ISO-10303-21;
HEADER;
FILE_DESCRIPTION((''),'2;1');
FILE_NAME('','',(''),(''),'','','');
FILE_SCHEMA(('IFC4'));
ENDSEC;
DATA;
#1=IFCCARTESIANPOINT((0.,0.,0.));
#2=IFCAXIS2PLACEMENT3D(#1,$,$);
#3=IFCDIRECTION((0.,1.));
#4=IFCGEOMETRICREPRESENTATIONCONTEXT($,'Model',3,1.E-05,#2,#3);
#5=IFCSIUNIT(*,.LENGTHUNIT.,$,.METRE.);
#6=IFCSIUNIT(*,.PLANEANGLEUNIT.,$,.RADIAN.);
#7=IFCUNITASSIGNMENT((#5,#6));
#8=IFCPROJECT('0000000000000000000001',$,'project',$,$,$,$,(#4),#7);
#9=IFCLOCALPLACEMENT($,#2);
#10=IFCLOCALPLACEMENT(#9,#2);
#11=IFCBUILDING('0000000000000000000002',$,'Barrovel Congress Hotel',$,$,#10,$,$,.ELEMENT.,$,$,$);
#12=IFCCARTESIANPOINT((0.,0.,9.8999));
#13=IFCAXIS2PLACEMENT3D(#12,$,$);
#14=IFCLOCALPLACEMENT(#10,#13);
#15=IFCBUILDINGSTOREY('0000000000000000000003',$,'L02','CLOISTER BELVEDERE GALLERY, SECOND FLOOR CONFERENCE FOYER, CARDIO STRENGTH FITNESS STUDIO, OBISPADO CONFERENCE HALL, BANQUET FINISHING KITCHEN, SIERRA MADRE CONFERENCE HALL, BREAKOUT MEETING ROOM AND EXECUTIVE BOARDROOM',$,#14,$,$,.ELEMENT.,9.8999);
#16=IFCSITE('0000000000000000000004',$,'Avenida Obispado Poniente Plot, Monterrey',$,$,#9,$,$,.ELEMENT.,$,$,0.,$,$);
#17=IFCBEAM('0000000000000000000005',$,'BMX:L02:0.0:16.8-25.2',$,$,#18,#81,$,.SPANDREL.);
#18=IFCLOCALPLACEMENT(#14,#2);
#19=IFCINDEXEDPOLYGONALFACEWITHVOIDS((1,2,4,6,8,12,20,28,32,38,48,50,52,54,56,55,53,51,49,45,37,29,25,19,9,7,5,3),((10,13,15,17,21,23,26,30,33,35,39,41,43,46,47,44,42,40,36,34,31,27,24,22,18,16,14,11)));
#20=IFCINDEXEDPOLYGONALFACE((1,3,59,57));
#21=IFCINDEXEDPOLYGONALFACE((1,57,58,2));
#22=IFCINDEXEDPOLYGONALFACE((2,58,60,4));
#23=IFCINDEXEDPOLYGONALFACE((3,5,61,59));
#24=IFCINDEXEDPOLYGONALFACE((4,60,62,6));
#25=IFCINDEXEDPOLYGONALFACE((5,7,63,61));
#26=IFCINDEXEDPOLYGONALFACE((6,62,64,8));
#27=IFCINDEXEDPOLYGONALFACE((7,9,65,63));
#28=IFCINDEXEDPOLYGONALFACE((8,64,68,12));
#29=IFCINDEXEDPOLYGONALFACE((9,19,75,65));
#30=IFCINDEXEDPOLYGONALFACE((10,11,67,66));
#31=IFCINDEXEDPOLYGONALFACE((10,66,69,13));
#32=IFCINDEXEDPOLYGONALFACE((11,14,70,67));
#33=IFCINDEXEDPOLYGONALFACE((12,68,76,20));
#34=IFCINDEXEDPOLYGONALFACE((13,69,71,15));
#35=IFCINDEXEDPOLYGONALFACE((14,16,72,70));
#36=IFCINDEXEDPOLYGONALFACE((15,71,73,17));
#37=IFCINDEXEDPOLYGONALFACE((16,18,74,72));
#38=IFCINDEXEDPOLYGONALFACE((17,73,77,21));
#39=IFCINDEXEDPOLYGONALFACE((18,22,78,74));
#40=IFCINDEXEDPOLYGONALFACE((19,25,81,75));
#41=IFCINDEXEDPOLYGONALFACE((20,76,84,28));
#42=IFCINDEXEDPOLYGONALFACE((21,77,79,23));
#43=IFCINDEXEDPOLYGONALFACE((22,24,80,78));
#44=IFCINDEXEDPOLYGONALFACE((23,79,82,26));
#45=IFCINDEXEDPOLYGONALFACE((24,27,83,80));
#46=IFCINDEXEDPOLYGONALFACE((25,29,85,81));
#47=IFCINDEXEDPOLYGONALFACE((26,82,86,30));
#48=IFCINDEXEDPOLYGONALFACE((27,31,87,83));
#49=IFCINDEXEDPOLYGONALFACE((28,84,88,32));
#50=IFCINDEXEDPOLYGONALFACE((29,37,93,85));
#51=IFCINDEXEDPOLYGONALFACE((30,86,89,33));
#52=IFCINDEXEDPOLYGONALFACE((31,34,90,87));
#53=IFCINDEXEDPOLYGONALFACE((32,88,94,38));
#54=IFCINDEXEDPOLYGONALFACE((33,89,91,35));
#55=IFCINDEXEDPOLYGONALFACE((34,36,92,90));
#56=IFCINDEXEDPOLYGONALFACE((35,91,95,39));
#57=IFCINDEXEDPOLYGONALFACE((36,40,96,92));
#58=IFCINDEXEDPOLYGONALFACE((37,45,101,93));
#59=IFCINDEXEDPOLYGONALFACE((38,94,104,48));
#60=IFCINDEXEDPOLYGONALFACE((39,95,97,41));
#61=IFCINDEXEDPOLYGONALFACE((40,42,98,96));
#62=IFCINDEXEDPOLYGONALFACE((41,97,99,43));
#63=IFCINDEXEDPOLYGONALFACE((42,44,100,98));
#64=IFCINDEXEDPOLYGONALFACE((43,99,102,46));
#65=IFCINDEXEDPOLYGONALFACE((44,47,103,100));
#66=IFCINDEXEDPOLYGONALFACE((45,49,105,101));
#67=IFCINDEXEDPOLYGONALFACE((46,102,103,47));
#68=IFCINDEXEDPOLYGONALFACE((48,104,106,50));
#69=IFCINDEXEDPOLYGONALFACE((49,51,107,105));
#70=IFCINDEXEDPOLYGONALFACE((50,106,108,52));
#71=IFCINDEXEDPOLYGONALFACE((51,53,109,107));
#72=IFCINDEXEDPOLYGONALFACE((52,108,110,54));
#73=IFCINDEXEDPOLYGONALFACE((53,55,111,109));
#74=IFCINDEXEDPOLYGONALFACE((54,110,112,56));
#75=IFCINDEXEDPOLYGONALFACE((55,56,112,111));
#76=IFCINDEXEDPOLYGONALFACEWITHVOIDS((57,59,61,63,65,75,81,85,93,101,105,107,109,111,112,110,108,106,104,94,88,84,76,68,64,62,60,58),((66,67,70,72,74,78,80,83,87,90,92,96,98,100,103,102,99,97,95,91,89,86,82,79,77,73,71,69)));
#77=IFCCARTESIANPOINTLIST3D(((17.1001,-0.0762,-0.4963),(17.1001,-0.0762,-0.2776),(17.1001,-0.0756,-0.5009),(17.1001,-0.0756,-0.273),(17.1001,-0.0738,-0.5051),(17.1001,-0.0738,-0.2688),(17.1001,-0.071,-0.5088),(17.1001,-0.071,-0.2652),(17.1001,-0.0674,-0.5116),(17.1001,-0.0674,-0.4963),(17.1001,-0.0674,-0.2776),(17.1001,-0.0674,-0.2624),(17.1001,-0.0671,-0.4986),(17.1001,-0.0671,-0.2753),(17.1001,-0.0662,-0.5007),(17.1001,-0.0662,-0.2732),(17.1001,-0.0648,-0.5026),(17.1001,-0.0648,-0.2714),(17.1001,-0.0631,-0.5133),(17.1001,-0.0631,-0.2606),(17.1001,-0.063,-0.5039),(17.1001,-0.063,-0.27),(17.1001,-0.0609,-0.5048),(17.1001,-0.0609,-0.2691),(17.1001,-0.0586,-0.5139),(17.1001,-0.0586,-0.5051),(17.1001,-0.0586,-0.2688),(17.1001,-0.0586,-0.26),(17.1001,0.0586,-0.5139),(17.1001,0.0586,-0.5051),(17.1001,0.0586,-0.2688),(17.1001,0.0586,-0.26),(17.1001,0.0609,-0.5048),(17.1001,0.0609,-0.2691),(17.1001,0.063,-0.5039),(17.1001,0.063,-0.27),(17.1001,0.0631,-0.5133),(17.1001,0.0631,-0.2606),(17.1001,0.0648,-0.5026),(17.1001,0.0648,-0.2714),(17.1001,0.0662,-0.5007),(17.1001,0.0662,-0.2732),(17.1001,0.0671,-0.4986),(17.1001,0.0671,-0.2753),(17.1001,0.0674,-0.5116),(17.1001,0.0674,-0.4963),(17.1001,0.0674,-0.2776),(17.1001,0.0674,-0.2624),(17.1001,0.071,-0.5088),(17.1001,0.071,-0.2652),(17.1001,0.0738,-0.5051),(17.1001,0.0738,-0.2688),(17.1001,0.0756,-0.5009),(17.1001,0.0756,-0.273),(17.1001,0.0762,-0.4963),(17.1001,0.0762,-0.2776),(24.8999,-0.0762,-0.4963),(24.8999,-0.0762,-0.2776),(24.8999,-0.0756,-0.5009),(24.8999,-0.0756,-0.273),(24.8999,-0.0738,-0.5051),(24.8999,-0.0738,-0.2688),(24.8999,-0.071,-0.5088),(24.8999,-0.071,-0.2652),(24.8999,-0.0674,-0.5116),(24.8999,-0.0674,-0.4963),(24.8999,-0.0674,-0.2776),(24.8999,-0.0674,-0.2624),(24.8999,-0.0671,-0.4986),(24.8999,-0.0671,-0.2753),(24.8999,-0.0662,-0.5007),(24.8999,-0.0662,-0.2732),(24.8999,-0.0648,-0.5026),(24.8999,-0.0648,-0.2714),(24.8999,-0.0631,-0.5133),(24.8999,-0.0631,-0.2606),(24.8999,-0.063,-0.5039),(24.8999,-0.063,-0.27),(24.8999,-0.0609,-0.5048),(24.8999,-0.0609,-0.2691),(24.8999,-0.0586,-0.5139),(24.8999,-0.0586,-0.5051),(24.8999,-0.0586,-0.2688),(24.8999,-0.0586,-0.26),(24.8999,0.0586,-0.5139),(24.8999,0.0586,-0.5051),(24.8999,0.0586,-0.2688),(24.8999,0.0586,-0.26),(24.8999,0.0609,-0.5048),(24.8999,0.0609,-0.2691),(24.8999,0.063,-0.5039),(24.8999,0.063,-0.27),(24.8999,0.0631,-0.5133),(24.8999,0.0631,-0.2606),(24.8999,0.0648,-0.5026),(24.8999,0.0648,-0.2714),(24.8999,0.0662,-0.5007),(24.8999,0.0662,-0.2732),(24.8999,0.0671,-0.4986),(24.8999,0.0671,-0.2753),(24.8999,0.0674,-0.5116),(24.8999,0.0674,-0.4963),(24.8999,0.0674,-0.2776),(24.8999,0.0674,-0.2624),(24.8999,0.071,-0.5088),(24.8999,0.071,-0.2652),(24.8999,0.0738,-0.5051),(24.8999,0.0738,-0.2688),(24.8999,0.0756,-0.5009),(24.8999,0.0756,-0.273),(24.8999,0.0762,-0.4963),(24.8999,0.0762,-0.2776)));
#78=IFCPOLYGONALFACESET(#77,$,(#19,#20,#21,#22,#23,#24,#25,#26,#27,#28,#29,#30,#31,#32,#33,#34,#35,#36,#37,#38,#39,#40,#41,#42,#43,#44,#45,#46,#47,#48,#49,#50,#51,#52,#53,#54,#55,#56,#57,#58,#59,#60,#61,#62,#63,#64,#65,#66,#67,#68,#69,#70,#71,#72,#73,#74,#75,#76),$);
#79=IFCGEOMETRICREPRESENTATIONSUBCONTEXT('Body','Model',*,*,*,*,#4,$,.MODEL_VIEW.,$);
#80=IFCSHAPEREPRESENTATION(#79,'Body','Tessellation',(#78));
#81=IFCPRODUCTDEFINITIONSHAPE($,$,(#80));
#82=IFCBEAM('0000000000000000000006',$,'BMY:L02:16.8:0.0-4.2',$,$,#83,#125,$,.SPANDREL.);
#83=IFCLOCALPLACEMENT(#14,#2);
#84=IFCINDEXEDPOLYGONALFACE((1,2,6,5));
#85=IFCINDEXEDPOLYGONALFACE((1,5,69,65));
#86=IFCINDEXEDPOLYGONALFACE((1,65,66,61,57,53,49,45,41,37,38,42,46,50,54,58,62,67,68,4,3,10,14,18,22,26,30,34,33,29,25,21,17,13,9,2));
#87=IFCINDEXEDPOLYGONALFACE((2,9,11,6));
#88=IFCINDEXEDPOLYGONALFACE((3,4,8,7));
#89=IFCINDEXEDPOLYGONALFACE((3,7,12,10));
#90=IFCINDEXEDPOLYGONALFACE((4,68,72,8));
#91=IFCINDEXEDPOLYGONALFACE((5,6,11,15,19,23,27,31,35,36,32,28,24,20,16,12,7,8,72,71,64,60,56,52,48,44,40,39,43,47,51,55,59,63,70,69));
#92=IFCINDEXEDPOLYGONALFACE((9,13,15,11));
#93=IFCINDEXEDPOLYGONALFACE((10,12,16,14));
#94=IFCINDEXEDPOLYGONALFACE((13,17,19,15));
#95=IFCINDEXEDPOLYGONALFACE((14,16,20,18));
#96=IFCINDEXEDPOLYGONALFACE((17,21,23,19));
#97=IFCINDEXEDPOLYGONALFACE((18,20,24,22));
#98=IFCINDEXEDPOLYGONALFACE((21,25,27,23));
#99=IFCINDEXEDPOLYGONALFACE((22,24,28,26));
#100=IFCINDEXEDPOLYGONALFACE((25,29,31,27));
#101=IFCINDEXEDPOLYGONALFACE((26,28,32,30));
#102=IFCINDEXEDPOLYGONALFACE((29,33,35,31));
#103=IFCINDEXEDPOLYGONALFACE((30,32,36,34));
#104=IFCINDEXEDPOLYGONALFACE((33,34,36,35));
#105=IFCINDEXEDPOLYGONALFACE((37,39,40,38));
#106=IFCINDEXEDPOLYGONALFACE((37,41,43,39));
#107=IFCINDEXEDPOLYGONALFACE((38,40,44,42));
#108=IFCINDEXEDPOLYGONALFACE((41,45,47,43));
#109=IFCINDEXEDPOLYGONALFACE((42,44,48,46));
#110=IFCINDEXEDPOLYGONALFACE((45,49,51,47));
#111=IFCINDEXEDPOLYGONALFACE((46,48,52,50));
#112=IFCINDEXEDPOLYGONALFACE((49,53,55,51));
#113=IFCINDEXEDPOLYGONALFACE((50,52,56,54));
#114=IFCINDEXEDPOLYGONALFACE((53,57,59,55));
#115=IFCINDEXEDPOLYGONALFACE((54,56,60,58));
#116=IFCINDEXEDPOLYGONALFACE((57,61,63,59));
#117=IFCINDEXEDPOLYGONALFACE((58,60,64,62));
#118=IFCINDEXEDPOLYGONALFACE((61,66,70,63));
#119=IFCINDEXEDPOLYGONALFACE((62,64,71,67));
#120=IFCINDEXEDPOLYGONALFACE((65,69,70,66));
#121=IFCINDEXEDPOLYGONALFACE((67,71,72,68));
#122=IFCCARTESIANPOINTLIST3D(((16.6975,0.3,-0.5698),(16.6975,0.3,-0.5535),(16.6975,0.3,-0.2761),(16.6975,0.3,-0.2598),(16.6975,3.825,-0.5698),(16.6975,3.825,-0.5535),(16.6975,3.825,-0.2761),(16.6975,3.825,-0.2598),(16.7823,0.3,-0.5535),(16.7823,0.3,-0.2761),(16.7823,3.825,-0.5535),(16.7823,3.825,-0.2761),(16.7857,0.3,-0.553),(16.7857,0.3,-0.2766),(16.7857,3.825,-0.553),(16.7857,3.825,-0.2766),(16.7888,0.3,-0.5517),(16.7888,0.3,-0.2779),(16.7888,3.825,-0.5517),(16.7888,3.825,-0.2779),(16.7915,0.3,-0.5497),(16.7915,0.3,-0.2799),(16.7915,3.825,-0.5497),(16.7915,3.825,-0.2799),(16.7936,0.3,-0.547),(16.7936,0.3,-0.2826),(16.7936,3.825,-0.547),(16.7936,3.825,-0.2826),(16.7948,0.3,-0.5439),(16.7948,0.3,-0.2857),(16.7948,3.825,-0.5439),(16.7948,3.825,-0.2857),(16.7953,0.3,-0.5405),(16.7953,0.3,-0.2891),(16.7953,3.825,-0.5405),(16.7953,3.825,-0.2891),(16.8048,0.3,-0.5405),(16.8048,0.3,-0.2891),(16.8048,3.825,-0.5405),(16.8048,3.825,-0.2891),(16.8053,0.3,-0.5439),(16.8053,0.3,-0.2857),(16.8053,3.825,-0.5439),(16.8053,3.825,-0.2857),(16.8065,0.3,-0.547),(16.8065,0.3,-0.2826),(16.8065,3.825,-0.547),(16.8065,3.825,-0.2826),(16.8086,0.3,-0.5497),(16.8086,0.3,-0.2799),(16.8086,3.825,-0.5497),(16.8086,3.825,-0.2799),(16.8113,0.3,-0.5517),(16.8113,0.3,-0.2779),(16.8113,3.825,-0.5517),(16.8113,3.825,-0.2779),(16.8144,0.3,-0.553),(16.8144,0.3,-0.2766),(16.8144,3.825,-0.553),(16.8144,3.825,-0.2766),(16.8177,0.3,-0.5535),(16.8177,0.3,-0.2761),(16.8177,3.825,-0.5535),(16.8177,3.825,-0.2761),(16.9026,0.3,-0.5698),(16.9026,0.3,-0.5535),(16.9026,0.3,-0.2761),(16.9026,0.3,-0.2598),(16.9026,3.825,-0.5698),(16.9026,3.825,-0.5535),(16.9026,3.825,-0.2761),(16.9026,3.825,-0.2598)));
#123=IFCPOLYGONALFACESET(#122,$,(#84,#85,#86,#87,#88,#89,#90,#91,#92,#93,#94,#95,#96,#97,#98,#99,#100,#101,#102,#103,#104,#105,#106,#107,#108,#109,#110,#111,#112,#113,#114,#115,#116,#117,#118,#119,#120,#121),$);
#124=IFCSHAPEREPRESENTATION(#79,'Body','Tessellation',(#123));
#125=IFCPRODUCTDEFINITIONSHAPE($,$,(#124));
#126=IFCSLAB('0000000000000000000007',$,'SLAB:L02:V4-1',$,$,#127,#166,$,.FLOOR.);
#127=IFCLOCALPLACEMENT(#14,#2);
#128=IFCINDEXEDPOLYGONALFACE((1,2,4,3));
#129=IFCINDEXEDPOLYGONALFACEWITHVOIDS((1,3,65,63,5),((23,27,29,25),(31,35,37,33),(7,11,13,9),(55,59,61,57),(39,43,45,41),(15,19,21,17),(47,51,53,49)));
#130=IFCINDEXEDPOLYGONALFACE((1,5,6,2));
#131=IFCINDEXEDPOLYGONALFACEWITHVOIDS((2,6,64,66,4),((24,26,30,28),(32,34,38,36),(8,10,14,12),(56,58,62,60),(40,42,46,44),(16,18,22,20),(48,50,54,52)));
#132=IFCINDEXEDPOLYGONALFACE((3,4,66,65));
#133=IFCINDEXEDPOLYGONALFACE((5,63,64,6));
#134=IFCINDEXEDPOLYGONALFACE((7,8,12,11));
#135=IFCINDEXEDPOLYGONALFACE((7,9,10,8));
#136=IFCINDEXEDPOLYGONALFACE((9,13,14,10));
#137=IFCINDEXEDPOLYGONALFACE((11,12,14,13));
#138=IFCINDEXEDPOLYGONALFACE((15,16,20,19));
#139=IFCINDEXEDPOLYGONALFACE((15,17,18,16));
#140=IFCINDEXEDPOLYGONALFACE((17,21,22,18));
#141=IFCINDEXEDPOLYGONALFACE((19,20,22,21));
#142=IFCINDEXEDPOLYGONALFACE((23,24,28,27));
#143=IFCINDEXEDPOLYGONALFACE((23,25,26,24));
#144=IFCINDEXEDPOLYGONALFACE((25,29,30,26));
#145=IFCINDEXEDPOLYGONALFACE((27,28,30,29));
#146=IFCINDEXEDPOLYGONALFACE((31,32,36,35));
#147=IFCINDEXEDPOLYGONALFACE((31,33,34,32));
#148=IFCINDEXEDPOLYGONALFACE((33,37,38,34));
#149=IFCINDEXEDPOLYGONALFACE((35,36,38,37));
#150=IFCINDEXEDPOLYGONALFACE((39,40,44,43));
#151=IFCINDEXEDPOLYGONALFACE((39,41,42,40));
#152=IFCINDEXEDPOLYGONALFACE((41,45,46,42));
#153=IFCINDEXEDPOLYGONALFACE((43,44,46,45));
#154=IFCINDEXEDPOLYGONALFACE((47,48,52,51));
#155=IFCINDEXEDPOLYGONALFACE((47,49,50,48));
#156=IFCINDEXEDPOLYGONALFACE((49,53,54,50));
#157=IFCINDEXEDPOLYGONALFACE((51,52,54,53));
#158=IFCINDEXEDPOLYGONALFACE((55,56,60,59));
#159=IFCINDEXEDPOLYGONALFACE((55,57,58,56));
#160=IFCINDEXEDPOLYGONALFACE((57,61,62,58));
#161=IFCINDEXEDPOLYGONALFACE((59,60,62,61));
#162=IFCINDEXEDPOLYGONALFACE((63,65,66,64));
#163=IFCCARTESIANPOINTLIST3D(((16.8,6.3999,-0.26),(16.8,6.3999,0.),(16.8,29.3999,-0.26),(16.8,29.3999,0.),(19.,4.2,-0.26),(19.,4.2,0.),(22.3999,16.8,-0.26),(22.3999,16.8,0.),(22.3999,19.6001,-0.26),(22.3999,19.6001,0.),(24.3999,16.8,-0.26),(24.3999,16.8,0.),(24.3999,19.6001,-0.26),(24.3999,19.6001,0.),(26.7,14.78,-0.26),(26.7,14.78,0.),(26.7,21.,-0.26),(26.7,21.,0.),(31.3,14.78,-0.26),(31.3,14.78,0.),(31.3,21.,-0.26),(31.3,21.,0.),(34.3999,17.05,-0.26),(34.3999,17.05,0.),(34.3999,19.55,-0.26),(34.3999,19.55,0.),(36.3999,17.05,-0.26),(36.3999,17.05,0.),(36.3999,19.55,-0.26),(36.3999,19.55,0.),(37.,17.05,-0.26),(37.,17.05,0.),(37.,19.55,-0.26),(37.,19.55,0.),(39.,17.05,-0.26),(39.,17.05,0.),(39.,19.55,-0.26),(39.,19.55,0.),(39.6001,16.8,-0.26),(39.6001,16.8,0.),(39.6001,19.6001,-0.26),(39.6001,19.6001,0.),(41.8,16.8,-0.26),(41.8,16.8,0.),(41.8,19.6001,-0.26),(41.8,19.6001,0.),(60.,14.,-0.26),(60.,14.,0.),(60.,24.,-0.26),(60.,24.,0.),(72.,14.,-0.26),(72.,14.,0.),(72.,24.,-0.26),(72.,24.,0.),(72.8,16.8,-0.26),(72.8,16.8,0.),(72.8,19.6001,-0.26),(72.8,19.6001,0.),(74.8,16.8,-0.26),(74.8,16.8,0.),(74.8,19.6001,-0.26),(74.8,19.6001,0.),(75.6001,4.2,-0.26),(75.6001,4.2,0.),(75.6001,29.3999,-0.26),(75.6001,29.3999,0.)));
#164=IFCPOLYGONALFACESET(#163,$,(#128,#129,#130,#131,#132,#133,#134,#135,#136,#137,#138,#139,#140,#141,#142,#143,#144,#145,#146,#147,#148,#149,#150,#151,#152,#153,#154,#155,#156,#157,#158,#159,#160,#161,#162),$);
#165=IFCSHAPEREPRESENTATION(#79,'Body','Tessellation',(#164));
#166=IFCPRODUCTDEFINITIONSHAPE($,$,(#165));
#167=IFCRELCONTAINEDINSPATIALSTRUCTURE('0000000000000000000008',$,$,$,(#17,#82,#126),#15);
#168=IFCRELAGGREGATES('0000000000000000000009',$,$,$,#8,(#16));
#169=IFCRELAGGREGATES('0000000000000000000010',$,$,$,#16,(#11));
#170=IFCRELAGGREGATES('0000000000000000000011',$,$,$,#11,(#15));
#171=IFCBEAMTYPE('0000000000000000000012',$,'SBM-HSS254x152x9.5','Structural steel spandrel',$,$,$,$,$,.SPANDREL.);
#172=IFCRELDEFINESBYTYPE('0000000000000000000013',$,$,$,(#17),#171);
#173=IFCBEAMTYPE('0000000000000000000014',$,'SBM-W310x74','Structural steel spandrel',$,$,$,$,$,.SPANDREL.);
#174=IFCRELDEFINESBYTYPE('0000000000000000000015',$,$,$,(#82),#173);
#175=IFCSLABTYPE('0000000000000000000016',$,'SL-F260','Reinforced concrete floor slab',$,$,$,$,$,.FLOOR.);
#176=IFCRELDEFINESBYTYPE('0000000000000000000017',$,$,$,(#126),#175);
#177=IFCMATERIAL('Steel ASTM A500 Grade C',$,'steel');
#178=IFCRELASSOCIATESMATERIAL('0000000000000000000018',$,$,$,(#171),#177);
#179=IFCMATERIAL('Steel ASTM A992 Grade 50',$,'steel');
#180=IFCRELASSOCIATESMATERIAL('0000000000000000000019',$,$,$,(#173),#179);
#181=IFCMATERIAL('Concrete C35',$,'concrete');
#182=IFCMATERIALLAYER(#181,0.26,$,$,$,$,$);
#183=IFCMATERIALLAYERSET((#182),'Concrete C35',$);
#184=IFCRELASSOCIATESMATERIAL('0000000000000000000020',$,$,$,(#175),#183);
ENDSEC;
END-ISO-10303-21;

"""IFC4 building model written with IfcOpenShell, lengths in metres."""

from ifc_helpers import new_model, si_unit, direction, frame, origin, origin_2d, place, context, subcontext, project, spatial, polyline, hollow_rectangle, i_section, outline, extrude, material, layer, layer_set, material_profile, profile_set, type_object, element, save


model = new_model("IFC4")

# Units and contexts
model_context = context("Model", 3, precision=1e-05, world=origin(), true_north=direction((0.0, 1.0)))
body_context = subcontext(model_context, "Body", "Model", "MODEL_VIEW")
ifc_project = project(units=[si_unit("LENGTHUNIT", "METRE"), si_unit("PLANEANGLEUNIT", "RADIAN")], contexts=[model_context])

# Site, building, storey
site_placement = place(None, origin())
site = spatial("IfcSite", under=ifc_project, at=site_placement, Name="Avenida Obispado Poniente Plot, Monterrey", CompositionType="ELEMENT", RefElevation=0.0)
building_placement = place(site_placement, origin())
building = spatial("IfcBuilding", under=site, at=building_placement, Name="Barrovel Congress Hotel", CompositionType="ELEMENT")
storey_placement = place(building_placement, frame((0.0, 0.0, 9.8999)))
storey = spatial("IfcBuildingStorey", under=building, at=storey_placement, Name="L02", Description="CLOISTER BELVEDERE GALLERY, SECOND FLOOR CONFERENCE FOYER, CARDIO STRENGTH FITNESS STUDIO, OBISPADO CONFERENCE HALL, BANQUET FINISHING KITCHEN, SIERRA MADRE CONFERENCE HALL, BREAKOUT MEETING ROOM AND EXECUTIVE BOARDROOM", CompositionType="ELEMENT", Elevation=9.8999)

# Beams
ifc_material_1 = material(Name="Steel ASTM A500 Grade C", Category="steel")
ifc_material_profile_1 = material_profile(ifc_material_1, hollow_rectangle(XDim=0.1523, YDim=0.2539, WallThickness=0.0088, InnerFilletRadius=0.0088, OuterFilletRadius=0.0176, at=origin_2d()), Name="HSS254x152x9.5")
ifc_profile_set_1 = profile_set([ifc_material_profile_1], Name="Steel ASTM A500 Grade C")
beam_type_1 = type_object("IfcBeamType", Name="SBM-HSS254x152x9.5", Description="Structural steel spandrel", PredefinedType="SPANDREL", material=ifc_profile_set_1)
beam_1_placement = place(storey_placement, frame((17.1001, 0.0, -0.387), z_axis=(1.0, 0.0, 0.0), x_axis=(0.0, 1.0, 0.0)))
element("IfcBeam", 1, at=beam_1_placement, inside=storey, type_object=beam_type_1, Name="BMX:L02:0.0:16.8-25.2", PredefinedType="SPANDREL", context=body_context, shape_type="SweptSolid", body=[
    extrude(hollow_rectangle(XDim=0.1523, YDim=0.2539, WallThickness=0.0088, InnerFilletRadius=0.0088, OuterFilletRadius=0.0176, at=origin_2d()), origin(), (0.0, 0.0, 1.0), 7.7998),
])
ifc_material_2 = material(Name="Steel ASTM A992 Grade 50", Category="steel")
ifc_material_profile_2 = material_profile(ifc_material_2, i_section(OverallWidth=0.2051, OverallDepth=0.3101, WebThickness=0.0095, FlangeThickness=0.0164, FilletRadius=0.0129, at=origin_2d()), Name="W310x74")
ifc_profile_set_2 = profile_set([ifc_material_profile_2], Name="Steel ASTM A992 Grade 50")
beam_type_2 = type_object("IfcBeamType", Name="SBM-W310x74", Description="Structural steel spandrel", PredefinedType="SPANDREL", material=ifc_profile_set_2)
beam_2_placement = place(storey_placement, frame((16.8, 0.3, -0.4148), z_axis=(0.0, 1.0, 0.0), x_axis=(-1.0, 0.0, 0.0)))
element("IfcBeam", 2, at=beam_2_placement, inside=storey, type_object=beam_type_2, Name="BMY:L02:16.8:0.0-4.2", PredefinedType="SPANDREL", context=body_context, shape_type="SweptSolid", body=[
    extrude(i_section(OverallWidth=0.2051, OverallDepth=0.3101, WebThickness=0.0095, FlangeThickness=0.0164, FilletRadius=0.0129, at=origin_2d()), origin(), (0.0, 0.0, 1.0), 3.5249),
])

# Slab
ifc_material_3 = material(Name="Concrete C35", Category="concrete")
ifc_layer_1 = layer(ifc_material_3, 0.26)
ifc_layer_set_1 = layer_set([ifc_layer_1], Name="Concrete C35")
slab_type_1 = type_object("IfcSlabType", Name="SL-F260", Description="Reinforced concrete floor slab", PredefinedType="FLOOR", material=ifc_layer_set_1)
slab_1_placement = place(storey_placement, frame((0.0, 0.0, -0.26)))
element("IfcSlab", 3, at=slab_1_placement, inside=storey, type_object=slab_type_1, Name="SLAB:L02:V4-1", PredefinedType="FLOOR", context=body_context, shape_type="SweptSolid", body=[
    extrude(outline(polyline([(19.0, 4.2), (75.6001, 4.2), (75.6001, 29.3999), (16.8, 29.3999), (16.8, 6.3999), (19.0, 4.2)]), holes=[polyline([(26.7, 14.78), (26.7, 21.0), (31.3, 21.0), (31.3, 14.78), (26.7, 14.78)]), polyline([(22.3999, 16.8), (22.3999, 19.6001), (24.3999, 19.6001), (24.3999, 16.8), (22.3999, 16.8)]), polyline([(72.8, 16.8), (72.8, 19.6001), (74.8, 19.6001), (74.8, 16.8), (72.8, 16.8)]), polyline([(34.3999, 17.05), (34.3999, 19.55), (36.3999, 19.55), (36.3999, 17.05), (34.3999, 17.05)]), polyline([(37.0, 17.05), (37.0, 19.55), (39.0, 19.55), (39.0, 17.05), (37.0, 17.05)]), polyline([(39.6001, 16.8), (39.6001, 19.6001), (41.8, 19.6001), (41.8, 16.8), (39.6001, 16.8)]), polyline([(60.0, 14.0), (60.0, 24.0), (72.0, 24.0), (72.0, 14.0), (60.0, 14.0)])]), origin(), (0.0, 0.0, 1.0), 0.26),
])

save(model, "model.ifc")
